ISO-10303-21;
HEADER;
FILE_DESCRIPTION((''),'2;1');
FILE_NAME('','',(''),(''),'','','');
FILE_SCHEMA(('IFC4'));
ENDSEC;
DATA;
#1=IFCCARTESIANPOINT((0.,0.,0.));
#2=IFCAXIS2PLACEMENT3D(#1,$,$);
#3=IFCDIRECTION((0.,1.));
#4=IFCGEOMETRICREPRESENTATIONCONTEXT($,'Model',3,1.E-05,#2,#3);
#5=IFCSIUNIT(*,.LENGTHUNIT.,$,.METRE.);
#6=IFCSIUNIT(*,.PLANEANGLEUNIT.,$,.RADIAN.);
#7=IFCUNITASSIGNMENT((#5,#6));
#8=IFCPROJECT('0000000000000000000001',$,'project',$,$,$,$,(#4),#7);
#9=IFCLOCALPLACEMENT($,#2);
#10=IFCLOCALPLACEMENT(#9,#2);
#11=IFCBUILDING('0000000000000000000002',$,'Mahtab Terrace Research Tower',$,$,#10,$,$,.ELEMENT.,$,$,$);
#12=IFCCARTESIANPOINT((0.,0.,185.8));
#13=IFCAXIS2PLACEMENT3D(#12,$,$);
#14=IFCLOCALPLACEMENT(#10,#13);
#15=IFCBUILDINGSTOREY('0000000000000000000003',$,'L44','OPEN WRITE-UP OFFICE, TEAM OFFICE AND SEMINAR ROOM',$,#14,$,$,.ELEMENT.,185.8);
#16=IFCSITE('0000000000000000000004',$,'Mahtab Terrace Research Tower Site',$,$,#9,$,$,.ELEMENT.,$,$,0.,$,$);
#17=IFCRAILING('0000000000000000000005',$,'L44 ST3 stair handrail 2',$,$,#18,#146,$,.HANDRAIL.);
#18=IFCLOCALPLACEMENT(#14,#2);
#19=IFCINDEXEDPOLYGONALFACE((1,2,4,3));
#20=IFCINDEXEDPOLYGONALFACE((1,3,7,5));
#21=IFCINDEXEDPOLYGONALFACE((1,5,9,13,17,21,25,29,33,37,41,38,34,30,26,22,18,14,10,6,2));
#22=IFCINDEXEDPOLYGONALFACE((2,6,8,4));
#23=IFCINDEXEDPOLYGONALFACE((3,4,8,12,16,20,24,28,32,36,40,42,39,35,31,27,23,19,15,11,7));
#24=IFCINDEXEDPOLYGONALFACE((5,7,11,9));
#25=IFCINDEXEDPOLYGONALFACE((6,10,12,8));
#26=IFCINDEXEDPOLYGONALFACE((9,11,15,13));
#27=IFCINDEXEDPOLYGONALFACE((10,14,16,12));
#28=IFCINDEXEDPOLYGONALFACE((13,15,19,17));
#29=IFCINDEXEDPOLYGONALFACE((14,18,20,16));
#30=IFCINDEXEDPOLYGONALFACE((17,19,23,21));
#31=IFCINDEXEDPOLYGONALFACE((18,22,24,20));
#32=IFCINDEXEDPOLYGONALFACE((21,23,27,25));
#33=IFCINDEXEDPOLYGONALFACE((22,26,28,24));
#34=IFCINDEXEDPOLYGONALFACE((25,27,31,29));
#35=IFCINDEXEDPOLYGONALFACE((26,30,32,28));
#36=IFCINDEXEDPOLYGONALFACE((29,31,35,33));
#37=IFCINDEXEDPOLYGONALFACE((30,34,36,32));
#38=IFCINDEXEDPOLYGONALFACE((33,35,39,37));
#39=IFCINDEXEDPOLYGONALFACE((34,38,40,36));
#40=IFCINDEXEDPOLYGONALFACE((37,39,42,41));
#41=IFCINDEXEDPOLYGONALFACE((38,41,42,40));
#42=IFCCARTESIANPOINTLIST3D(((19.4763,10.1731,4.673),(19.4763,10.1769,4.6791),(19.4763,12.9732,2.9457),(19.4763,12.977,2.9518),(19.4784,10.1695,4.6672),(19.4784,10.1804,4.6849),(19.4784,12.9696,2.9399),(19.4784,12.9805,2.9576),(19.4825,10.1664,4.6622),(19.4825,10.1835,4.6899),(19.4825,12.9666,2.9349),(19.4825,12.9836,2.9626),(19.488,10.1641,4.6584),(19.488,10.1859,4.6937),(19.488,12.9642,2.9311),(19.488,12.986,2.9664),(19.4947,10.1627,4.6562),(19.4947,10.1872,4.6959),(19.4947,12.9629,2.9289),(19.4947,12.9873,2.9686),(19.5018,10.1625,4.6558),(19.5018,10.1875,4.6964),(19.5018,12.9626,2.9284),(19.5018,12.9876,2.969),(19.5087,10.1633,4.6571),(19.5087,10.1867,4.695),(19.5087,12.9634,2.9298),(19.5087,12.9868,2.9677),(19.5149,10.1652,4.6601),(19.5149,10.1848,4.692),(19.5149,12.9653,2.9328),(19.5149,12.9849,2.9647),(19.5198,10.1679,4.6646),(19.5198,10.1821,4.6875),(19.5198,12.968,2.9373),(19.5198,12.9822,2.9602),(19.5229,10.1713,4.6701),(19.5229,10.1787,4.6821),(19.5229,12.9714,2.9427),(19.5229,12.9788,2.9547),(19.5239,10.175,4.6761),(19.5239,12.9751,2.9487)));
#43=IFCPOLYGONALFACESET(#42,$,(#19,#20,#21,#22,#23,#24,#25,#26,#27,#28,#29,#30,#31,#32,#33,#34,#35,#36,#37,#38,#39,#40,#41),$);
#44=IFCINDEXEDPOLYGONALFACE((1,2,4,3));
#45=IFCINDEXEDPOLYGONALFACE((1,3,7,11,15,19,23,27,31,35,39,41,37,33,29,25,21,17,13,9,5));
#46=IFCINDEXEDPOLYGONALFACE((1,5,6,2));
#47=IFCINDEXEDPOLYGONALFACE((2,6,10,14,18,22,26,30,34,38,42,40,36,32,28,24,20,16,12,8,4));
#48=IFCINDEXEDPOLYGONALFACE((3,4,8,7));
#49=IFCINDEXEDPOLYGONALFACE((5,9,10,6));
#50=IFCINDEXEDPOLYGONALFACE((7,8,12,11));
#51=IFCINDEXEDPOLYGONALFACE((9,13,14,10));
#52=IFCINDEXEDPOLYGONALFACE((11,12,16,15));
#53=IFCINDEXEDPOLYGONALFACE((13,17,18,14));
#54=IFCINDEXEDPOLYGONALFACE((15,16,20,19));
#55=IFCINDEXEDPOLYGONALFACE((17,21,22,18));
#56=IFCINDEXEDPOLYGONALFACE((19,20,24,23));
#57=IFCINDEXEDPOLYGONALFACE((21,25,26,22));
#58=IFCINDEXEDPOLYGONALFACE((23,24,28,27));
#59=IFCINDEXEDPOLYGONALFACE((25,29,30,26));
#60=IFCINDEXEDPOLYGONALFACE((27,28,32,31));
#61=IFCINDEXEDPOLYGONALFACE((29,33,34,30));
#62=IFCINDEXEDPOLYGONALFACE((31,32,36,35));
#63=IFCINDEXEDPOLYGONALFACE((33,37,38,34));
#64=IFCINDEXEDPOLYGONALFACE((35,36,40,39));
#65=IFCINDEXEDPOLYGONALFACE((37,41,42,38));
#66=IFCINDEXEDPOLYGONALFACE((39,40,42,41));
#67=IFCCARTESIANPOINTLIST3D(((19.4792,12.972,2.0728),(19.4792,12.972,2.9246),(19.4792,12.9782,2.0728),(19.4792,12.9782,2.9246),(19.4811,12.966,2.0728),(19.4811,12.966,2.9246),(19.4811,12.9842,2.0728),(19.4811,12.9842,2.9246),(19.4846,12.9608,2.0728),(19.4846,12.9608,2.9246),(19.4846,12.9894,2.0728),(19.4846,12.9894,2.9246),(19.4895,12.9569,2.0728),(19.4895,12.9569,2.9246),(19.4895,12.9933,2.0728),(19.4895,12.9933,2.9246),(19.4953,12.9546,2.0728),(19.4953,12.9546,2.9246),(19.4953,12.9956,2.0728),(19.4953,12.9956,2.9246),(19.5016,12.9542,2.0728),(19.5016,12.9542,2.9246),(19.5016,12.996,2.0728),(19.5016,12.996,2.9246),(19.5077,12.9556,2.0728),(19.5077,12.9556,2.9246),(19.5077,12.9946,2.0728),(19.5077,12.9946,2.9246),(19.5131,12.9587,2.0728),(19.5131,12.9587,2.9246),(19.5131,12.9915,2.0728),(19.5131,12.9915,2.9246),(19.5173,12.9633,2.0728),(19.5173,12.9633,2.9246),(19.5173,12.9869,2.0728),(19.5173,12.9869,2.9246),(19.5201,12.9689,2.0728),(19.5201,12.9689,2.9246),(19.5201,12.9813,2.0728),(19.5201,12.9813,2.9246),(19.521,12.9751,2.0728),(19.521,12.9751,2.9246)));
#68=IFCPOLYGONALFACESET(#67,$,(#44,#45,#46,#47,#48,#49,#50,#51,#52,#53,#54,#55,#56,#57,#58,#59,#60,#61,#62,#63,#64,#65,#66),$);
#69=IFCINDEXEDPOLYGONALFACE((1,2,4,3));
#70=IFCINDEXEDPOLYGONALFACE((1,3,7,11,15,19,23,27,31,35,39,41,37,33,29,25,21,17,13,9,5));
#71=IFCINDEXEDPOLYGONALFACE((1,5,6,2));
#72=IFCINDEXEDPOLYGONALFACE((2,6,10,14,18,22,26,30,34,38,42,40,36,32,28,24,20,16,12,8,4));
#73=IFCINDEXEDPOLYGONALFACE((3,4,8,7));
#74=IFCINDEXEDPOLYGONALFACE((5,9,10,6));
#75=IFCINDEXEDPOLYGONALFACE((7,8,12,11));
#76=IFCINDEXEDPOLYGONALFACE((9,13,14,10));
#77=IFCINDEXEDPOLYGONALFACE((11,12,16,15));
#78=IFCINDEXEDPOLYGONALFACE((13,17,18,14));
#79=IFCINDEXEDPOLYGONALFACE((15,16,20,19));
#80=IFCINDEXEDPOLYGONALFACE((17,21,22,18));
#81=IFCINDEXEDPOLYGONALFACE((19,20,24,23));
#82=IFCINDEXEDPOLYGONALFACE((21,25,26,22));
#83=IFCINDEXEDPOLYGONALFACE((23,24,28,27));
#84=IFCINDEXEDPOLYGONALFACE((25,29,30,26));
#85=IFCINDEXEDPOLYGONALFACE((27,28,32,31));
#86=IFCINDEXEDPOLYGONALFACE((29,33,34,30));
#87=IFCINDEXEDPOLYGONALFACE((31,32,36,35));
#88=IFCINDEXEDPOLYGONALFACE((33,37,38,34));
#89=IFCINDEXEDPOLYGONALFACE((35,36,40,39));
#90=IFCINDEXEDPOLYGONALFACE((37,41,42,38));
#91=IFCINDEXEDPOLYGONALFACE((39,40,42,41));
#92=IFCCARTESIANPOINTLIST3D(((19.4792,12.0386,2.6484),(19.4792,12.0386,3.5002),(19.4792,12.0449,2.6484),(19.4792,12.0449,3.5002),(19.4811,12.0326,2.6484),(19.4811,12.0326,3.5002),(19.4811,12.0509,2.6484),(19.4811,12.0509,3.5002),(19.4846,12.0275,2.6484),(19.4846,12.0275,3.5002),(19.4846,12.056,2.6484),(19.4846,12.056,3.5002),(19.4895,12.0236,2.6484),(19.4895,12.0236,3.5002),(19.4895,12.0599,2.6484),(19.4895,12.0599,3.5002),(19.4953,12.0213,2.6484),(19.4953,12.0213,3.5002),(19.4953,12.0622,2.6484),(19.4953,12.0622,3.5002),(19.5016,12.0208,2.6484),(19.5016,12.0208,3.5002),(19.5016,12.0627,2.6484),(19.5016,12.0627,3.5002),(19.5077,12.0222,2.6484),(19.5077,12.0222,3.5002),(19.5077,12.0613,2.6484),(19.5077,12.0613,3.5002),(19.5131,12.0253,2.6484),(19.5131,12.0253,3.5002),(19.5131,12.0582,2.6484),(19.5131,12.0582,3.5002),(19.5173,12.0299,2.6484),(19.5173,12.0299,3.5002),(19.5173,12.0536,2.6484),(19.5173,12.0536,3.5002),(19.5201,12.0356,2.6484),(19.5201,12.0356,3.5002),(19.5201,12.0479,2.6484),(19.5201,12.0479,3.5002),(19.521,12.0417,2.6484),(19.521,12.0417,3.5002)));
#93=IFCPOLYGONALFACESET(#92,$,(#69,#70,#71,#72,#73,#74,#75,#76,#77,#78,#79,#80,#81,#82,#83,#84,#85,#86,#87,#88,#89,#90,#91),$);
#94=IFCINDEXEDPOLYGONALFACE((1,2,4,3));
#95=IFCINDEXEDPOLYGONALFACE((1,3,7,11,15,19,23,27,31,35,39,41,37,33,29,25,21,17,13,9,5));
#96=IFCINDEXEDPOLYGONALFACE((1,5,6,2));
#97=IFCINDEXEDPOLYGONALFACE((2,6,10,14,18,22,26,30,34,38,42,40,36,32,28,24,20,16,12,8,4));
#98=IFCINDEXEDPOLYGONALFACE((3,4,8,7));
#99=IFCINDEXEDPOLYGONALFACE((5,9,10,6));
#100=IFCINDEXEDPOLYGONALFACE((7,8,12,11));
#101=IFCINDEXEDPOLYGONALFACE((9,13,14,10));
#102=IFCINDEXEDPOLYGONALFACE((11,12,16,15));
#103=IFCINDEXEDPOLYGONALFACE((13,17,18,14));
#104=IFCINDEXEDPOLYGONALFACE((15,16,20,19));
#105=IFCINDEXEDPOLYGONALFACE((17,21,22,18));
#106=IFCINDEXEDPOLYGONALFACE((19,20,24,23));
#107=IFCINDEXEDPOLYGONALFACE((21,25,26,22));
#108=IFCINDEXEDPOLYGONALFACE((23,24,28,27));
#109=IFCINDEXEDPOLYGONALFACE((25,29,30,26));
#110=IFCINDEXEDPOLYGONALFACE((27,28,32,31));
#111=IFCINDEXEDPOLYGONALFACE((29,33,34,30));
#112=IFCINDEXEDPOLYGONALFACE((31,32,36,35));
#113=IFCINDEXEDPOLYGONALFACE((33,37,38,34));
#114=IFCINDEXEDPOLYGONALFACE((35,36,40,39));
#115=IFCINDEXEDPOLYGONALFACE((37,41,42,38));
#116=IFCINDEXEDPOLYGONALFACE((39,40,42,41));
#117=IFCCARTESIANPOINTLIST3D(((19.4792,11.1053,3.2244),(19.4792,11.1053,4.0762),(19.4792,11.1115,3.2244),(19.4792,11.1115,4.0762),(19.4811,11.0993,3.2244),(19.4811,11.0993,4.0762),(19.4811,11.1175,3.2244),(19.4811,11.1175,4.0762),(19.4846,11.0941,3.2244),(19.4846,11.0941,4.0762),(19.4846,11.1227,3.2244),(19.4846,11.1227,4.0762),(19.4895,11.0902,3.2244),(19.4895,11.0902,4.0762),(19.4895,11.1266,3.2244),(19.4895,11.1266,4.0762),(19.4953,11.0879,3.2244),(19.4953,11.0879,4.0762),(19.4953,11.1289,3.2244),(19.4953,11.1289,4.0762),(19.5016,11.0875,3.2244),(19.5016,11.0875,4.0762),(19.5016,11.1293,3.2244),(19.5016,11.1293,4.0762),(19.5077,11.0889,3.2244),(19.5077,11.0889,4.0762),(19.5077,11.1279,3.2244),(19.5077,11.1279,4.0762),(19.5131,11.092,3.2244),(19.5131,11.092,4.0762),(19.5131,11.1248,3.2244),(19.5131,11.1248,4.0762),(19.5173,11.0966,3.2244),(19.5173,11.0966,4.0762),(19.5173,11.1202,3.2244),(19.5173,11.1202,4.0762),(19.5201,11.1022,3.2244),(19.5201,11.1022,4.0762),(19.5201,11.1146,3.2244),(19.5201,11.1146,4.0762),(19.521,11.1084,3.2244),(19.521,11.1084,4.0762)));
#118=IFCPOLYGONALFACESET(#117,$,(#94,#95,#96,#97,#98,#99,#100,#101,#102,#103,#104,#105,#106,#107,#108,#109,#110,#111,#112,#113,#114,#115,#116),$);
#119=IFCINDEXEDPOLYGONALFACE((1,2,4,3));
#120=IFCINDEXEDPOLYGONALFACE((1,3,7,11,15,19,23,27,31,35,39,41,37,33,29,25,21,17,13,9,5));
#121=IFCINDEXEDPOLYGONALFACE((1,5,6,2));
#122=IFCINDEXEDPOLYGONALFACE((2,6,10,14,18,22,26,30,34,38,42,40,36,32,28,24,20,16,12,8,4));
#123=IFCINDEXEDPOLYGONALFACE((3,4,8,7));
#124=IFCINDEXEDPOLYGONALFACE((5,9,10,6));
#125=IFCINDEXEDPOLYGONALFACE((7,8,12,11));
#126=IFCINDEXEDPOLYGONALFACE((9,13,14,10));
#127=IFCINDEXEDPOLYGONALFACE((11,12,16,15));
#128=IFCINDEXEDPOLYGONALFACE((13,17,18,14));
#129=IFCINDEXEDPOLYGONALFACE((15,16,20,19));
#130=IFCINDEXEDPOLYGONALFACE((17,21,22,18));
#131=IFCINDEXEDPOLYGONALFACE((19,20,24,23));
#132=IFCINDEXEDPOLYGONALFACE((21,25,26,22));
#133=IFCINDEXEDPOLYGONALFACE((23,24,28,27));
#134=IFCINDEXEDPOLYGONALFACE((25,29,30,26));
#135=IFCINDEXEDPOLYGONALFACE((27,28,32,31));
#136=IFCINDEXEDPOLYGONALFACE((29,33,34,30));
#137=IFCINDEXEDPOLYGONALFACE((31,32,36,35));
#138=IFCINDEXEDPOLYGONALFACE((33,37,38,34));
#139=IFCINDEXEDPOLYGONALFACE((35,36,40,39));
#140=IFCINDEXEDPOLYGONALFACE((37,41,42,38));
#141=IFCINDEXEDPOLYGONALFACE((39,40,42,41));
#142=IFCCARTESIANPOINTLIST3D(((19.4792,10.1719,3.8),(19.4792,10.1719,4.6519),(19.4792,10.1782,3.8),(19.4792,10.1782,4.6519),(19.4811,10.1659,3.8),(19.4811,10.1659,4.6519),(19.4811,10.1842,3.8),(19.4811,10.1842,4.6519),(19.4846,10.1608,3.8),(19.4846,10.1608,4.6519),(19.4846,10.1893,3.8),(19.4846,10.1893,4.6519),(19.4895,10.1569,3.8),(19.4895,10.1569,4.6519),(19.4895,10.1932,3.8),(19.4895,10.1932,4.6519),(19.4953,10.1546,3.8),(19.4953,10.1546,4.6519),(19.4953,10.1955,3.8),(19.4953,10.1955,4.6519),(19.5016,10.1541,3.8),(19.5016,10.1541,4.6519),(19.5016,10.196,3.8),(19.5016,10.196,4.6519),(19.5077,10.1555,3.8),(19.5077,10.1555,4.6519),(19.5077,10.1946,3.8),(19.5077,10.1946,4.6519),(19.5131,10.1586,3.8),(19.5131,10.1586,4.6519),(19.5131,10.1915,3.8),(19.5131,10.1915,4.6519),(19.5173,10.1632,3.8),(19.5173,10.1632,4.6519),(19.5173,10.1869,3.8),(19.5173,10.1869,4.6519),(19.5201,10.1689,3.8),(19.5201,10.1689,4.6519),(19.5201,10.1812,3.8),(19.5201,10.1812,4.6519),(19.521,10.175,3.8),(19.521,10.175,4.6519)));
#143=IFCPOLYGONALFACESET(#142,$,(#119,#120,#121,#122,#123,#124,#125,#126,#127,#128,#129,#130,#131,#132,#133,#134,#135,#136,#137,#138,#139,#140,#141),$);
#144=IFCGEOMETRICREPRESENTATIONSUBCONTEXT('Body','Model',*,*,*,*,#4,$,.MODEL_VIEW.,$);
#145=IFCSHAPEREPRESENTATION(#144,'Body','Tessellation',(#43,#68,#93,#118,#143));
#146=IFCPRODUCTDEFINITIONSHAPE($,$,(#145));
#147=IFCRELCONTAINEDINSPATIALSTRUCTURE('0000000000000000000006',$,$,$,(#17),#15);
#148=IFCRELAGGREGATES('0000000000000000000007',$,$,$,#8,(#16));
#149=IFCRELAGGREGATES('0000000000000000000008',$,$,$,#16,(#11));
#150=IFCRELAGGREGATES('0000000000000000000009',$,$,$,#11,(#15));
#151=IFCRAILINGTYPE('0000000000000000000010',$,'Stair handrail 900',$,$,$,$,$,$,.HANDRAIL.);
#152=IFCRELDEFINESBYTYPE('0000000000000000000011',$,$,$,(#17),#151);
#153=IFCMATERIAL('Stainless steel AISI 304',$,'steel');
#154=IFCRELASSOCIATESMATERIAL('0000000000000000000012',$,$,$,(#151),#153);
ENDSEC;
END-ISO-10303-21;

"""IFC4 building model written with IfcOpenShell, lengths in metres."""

from ifc_helpers import new_model, si_unit, direction, frame, origin, origin_2d, place, context, subcontext, project, spatial, circle, extrude, material, type_object, element, save


model = new_model("IFC4")

# Units and contexts
model_context = context("Model", 3, precision=1e-05, world=origin(), true_north=direction((0.0, 1.0)))
body_context = subcontext(model_context, "Body", "Model", "MODEL_VIEW")
ifc_project = project(units=[si_unit("LENGTHUNIT", "METRE"), si_unit("PLANEANGLEUNIT", "RADIAN")], contexts=[model_context])

# Site, building, storey
site_placement = place(None, origin())
site = spatial("IfcSite", under=ifc_project, at=site_placement, Name="Mahtab Terrace Research Tower Site", CompositionType="ELEMENT", RefElevation=0.0)
building_placement = place(site_placement, origin())
building = spatial("IfcBuilding", under=site, at=building_placement, Name="Mahtab Terrace Research Tower", CompositionType="ELEMENT")
storey_placement = place(building_placement, frame((0.0, 0.0, 185.8)))
storey = spatial("IfcBuildingStorey", under=building, at=storey_placement, Name="L44", Description="OPEN WRITE-UP OFFICE, TEAM OFFICE AND SEMINAR ROOM", CompositionType="ELEMENT", Elevation=185.8)

# Shared definitions
ifc_material_1 = material(Name="Stainless steel AISI 304", Category="steel")

# Railing
railing_type_1 = type_object("IfcRailingType", Name="Stair handrail 900", PredefinedType="HANDRAIL", material=ifc_material_1)
railing_1_placement = place(storey_placement, frame((19.5, 12.9751, 2.0728)))
element("IfcRailing", 1, at=railing_1_placement, inside=storey, type_object=railing_type_1, Name="L44 ST3 stair handrail 2", PredefinedType="HANDRAIL", context=body_context, shape_type="SweptSolid", body=[
    extrude(circle(Radius=0.0239, at=origin_2d()), frame((0.0, 0.0, 0.876), z_axis=(0.0, -0.85109, 0.52502), x_axis=(1.0, 0.0, 0.0)), (0.0, 0.0, 1.0), 3.29),
    extrude(circle(Radius=0.021, at=origin_2d()), origin(), (0.0, 0.0, 1.0), 0.8518),
    extrude(circle(Radius=0.021, at=origin_2d()), frame((0.0, -0.9333, 0.5757)), (0.0, 0.0, 1.0), 0.8518),
    extrude(circle(Radius=0.021, at=origin_2d()), frame((0.0, -1.8667, 1.1516)), (0.0, 0.0, 1.0), 0.8518),
    extrude(circle(Radius=0.021, at=origin_2d()), frame((0.0, -2.8, 1.7273)), (0.0, 0.0, 1.0), 0.8518),
])

save(model, "model.ifc")
